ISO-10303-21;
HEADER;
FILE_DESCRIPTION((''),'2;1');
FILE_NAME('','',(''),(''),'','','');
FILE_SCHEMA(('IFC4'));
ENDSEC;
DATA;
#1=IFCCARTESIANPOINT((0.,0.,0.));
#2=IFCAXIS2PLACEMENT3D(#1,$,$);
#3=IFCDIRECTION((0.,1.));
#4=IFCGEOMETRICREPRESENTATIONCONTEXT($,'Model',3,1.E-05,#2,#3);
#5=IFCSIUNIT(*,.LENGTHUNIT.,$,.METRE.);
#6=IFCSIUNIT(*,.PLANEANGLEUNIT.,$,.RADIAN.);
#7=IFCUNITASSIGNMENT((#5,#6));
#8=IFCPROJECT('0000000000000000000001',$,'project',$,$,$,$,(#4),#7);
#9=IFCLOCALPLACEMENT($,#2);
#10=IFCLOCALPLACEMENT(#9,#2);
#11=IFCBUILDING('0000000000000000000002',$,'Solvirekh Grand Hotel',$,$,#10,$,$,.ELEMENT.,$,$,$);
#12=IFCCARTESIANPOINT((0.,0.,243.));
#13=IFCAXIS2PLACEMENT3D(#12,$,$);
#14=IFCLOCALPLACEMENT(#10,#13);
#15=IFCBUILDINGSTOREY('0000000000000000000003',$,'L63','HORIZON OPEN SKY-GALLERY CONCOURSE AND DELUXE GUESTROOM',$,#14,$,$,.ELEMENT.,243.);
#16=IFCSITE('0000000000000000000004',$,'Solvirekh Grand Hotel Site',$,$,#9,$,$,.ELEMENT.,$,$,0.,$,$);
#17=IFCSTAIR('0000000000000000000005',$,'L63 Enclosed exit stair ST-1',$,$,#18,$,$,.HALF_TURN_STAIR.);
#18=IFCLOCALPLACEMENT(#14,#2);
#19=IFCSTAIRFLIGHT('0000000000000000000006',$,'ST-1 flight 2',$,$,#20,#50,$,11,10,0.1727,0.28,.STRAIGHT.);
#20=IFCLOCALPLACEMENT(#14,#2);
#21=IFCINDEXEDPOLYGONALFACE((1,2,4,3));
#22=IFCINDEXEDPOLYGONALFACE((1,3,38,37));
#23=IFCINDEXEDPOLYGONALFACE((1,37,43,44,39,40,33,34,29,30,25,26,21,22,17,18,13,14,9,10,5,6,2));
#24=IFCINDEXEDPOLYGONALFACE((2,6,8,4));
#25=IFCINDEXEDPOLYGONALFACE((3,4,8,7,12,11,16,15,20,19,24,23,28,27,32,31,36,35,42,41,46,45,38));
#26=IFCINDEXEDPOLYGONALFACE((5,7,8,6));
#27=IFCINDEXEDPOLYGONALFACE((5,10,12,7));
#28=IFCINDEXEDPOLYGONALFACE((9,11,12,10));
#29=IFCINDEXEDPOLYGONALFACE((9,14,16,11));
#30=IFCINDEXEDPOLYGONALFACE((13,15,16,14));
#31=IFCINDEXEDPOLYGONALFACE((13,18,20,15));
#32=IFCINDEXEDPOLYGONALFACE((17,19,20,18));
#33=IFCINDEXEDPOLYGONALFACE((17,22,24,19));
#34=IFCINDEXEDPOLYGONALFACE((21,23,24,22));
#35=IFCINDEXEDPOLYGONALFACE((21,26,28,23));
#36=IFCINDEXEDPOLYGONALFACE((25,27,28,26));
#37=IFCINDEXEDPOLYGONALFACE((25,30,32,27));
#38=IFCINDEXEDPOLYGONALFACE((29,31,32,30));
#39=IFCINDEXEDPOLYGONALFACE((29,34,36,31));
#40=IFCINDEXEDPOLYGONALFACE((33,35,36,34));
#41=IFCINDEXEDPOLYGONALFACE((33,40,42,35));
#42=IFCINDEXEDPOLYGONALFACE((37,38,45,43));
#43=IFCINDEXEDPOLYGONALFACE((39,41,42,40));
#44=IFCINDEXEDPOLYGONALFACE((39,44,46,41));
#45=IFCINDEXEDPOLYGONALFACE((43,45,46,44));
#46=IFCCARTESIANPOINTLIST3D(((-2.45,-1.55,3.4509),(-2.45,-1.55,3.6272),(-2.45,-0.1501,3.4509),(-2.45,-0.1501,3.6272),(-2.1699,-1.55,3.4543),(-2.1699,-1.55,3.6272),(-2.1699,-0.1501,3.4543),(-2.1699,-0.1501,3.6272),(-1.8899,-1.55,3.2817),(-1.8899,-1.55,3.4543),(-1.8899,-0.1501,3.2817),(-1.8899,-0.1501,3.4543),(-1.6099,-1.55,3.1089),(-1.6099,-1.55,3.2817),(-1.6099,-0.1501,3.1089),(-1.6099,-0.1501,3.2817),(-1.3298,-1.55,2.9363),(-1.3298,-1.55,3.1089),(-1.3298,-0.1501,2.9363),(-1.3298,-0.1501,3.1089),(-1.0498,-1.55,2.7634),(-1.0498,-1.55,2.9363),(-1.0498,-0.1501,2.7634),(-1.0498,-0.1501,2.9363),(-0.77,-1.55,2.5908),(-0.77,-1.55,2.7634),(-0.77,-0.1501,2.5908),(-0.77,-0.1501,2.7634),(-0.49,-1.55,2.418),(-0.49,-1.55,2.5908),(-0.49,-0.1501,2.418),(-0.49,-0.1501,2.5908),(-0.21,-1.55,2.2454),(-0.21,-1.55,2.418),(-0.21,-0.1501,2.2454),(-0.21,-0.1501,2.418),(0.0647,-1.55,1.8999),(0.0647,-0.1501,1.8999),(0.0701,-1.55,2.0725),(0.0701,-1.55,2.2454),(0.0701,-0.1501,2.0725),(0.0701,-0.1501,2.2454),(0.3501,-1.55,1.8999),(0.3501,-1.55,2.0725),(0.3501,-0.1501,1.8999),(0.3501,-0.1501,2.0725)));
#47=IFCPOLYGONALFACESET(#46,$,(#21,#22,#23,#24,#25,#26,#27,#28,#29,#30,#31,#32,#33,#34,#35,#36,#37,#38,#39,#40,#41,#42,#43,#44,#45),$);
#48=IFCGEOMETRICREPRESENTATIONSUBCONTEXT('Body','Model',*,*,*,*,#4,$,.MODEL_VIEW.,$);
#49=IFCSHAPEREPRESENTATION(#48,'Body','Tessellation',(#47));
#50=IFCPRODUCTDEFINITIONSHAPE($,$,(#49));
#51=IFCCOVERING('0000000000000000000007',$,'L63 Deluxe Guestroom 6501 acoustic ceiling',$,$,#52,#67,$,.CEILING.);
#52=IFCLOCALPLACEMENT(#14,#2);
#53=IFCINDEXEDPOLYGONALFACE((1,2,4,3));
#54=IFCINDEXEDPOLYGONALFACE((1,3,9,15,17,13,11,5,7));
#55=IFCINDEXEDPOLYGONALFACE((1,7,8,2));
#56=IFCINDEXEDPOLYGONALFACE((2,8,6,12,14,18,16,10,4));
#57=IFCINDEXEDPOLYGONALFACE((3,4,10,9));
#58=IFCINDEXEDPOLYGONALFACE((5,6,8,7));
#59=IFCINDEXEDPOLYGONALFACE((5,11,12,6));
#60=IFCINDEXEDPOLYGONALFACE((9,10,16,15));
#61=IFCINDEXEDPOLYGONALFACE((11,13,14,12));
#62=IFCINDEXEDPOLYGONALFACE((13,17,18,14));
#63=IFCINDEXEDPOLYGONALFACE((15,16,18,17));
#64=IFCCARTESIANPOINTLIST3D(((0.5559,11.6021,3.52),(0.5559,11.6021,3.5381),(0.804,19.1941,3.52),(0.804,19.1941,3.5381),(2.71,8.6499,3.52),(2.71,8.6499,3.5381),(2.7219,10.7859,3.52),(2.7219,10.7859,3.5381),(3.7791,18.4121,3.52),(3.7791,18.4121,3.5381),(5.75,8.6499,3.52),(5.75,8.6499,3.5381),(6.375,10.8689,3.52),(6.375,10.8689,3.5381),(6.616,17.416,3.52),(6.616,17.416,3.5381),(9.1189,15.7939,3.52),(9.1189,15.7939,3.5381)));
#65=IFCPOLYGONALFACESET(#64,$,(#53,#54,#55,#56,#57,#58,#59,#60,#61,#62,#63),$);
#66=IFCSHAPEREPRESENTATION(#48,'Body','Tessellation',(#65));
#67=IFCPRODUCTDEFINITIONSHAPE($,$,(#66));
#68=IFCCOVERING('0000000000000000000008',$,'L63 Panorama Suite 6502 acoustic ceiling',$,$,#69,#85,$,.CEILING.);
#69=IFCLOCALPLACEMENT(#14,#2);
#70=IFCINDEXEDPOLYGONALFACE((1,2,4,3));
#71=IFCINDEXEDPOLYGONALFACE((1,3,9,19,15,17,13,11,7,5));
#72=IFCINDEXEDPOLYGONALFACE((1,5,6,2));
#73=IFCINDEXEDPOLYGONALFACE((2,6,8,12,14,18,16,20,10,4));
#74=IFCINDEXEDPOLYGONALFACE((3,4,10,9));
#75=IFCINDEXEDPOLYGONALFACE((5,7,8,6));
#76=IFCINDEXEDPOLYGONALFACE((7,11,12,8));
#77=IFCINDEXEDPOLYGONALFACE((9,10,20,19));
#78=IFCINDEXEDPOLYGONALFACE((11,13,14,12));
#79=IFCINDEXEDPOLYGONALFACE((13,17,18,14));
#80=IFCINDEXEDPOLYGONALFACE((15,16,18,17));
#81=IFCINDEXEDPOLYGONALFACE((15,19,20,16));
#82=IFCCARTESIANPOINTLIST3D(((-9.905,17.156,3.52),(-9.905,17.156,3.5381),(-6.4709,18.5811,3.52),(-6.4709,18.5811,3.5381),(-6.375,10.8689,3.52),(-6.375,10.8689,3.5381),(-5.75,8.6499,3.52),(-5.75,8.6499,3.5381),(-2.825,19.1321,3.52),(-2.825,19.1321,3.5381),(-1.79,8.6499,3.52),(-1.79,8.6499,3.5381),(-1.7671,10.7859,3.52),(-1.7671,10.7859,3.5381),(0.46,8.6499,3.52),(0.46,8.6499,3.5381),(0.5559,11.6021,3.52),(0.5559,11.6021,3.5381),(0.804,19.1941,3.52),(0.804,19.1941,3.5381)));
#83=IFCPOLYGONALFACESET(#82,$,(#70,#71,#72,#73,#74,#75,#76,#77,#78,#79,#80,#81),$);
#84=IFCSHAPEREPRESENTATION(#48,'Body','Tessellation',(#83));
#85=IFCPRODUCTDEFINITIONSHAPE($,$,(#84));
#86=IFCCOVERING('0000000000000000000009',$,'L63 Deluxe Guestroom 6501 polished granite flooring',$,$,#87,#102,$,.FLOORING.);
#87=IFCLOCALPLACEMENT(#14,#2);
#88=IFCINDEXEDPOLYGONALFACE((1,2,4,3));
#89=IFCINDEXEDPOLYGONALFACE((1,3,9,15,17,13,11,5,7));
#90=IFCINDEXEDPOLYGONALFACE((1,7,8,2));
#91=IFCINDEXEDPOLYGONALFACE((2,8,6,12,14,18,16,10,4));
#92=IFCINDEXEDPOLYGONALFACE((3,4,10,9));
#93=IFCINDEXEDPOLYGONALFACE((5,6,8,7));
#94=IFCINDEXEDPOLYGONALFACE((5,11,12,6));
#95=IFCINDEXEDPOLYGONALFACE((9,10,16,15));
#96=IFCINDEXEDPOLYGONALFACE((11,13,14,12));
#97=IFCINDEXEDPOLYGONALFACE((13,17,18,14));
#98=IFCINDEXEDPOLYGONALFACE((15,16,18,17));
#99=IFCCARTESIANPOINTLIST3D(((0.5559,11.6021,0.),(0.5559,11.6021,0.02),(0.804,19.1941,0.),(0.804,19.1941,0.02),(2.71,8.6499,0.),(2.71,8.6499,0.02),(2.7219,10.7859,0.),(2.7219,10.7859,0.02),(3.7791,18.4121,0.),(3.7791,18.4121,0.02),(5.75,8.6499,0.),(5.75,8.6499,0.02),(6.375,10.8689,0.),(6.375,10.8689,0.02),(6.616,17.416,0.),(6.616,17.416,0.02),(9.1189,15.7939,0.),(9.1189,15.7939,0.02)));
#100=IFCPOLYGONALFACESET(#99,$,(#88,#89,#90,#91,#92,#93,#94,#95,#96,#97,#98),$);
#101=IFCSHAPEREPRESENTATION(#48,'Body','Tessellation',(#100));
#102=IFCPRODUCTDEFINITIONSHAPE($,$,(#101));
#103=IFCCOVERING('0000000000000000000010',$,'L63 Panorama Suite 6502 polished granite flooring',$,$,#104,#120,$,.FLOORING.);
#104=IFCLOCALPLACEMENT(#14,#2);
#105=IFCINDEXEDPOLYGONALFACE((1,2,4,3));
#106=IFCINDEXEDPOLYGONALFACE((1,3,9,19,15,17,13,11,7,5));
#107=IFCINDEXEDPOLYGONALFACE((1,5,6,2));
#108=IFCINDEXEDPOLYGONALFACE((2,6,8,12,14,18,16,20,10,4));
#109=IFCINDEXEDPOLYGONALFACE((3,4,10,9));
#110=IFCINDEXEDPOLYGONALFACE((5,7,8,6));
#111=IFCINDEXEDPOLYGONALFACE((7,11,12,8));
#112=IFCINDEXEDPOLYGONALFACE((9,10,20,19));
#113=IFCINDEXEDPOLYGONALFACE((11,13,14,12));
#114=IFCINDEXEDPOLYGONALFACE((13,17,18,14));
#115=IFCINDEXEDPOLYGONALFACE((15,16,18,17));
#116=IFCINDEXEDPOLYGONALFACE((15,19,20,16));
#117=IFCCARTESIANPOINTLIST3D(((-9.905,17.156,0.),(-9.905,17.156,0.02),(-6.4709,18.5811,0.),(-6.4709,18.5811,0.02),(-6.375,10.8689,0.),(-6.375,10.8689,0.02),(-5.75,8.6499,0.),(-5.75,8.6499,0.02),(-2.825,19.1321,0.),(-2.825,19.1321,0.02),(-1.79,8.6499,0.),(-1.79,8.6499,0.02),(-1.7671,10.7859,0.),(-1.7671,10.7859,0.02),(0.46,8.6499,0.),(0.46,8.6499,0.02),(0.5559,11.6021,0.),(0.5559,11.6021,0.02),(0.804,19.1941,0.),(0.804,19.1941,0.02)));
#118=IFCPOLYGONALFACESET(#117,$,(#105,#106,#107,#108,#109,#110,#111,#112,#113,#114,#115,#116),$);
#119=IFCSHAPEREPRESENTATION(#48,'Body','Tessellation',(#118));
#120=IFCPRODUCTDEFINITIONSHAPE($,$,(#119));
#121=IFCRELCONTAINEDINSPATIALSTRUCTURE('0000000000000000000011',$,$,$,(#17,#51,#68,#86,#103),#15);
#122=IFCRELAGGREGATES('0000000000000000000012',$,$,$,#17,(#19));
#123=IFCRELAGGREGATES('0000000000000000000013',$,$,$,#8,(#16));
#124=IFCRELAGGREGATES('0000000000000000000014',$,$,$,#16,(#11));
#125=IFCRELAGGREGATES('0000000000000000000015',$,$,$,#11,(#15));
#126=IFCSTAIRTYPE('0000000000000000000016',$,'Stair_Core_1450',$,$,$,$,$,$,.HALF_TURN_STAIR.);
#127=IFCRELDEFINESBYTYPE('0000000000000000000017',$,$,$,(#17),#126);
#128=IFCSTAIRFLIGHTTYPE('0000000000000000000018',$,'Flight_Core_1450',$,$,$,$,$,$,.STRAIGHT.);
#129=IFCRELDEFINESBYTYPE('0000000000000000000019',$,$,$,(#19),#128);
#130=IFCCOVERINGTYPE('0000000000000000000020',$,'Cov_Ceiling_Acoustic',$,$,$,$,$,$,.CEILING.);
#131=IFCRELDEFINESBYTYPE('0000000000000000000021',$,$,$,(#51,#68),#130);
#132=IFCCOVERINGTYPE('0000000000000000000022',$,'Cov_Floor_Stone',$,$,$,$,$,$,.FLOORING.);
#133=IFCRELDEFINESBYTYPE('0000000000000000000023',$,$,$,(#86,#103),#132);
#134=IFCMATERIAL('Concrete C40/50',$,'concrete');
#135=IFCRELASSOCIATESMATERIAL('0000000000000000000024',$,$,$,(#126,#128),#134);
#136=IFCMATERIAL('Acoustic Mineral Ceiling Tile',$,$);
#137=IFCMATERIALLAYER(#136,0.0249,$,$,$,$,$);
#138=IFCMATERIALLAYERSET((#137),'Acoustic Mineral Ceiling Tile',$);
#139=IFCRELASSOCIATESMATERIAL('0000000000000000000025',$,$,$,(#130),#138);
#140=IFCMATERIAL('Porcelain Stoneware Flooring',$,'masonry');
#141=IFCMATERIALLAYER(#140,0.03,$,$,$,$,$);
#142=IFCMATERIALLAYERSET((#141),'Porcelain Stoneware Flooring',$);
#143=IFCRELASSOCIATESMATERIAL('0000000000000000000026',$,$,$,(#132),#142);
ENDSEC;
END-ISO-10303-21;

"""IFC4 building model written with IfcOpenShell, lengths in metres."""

from ifc_helpers import new_model, si_unit, direction, frame, origin, place, context, subcontext, project, spatial, polyline, outline, extrude, material, layer, layer_set, type_object, element, aggregate, save


model = new_model("IFC4")

# Units and contexts
model_context = context("Model", 3, precision=1e-05, world=origin(), true_north=direction((0.0, 1.0)))
body_context = subcontext(model_context, "Body", "Model", "MODEL_VIEW")
ifc_project = project(units=[si_unit("LENGTHUNIT", "METRE"), si_unit("PLANEANGLEUNIT", "RADIAN")], contexts=[model_context])

# Site, building, storey
site_placement = place(None, origin())
site = spatial("IfcSite", under=ifc_project, at=site_placement, Name="Solvirekh Grand Hotel Site", CompositionType="ELEMENT", RefElevation=0.0)
building_placement = place(site_placement, origin())
building = spatial("IfcBuilding", under=site, at=building_placement, Name="Solvirekh Grand Hotel", CompositionType="ELEMENT")
storey_placement = place(building_placement, frame((0.0, 0.0, 243.0)))
storey = spatial("IfcBuildingStorey", under=building, at=storey_placement, Name="L63", Description="HORIZON OPEN SKY-GALLERY CONCOURSE AND DELUXE GUESTROOM", CompositionType="ELEMENT", Elevation=243.0)

# Stair
ifc_material_1 = material(Name="Concrete C40/50", Category="concrete")
stair_type = type_object("IfcStairType", Name="Stair_Core_1450", PredefinedType="HALF_TURN_STAIR", material=ifc_material_1)
stair_1_placement = place(storey_placement, origin())
stair_1 = element("IfcStair", 1, at=stair_1_placement, inside=storey, type_object=stair_type, Name="L63 Enclosed exit stair ST-1", PredefinedType="HALF_TURN_STAIR")

# Stair flight
stair_flight_type = type_object("IfcStairFlightType", Name="Flight_Core_1450", PredefinedType="STRAIGHT", material=ifc_material_1)
stair_flight_placement = place(storey_placement, frame((0.3501, -0.8501, 1.8999), z_axis=(0.0, 0.0, 1.0), x_axis=(-1.0, 0.0, 0.0)))
stair_flight = element("IfcStairFlight", 2, at=stair_flight_placement, type_object=stair_flight_type, Name="ST-1 flight 2", NumberOfRisers=11, NumberOfTreads=10, PredefinedType="STRAIGHT", RiserHeight=0.1727, TreadLength=0.28, context=body_context, shape_type="SweptSolid", body=[
    extrude(outline(polyline([(0.0, 0.0), (0.0, 0.1726), (0.28, 0.1726), (0.28, 0.3455), (0.5601, 0.3455), (0.5601, 0.5181), (0.8401, 0.5181), (0.8401, 0.6909), (1.1201, 0.6909), (1.1201, 0.8635), (1.3999, 0.8635), (1.3999, 1.0364), (1.6799, 1.0364), (1.6799, 1.209), (1.96, 1.209), (1.96, 1.3818), (2.24, 1.3818), (2.24, 1.5544), (2.52, 1.5544), (2.52, 1.7273), (2.8, 1.7273), (2.8, 1.8999), (2.8, 1.551), (0.2854, 0.0), (0.0, 0.0)])), frame((0.0, 0.7, 0.0), z_axis=(0.0, -1.0, 0.0), x_axis=(1.0, 0.0, 0.0)), (0.0, 0.0, 1.0), 1.3999),
])
aggregate(stair_1, [stair_flight])

# Coverings
ifc_material_2 = material(Name="Acoustic Mineral Ceiling Tile")
ifc_layer_1 = layer(ifc_material_2, 0.0249)
ifc_layer_set_1 = layer_set([ifc_layer_1], Name="Acoustic Mineral Ceiling Tile")
covering_type_1 = type_object("IfcCoveringType", Name="Cov_Ceiling_Acoustic", PredefinedType="CEILING", material=ifc_layer_set_1)
covering_1_placement = place(storey_placement, frame((0.0, 0.0, 3.52)))
element("IfcCovering", 3, at=covering_1_placement, inside=storey, type_object=covering_type_1, Name="L63 Deluxe Guestroom 6501 acoustic ceiling", PredefinedType="CEILING", context=body_context, shape_type="SweptSolid", body=[
    extrude(outline(polyline([(0.5559, 11.6021), (2.7219, 10.7859), (2.71, 8.6499), (5.75, 8.6499), (6.375, 10.8689), (9.1189, 15.7939), (6.616, 17.416), (3.7791, 18.4121), (0.804, 19.1941), (0.5559, 11.6021)])), origin(), (0.0, 0.0, 1.0), 0.0181),
])
covering_2_placement = place(storey_placement, frame((0.0, 0.0, 3.52)))
element("IfcCovering", 4, at=covering_2_placement, inside=storey, type_object=covering_type_1, Name="L63 Panorama Suite 6502 acoustic ceiling", PredefinedType="CEILING", context=body_context, shape_type="SweptSolid", body=[
    extrude(outline(polyline([(-1.79, 8.6499), (-1.7671, 10.7859), (0.5559, 11.6021), (0.46, 8.6499), (0.804, 19.1941), (-2.825, 19.1321), (-6.4709, 18.5811), (-9.905, 17.156), (-6.375, 10.8689), (-5.75, 8.6499), (-1.79, 8.6499)])), origin(), (0.0, 0.0, 1.0), 0.0181),
])
ifc_material_3 = material(Name="Porcelain Stoneware Flooring", Category="masonry")
ifc_layer_2 = layer(ifc_material_3, 0.03)
ifc_layer_set_2 = layer_set([ifc_layer_2], Name="Porcelain Stoneware Flooring")
covering_type_2 = type_object("IfcCoveringType", Name="Cov_Floor_Stone", PredefinedType="FLOORING", material=ifc_layer_set_2)
covering_3_placement = place(storey_placement, origin())
element("IfcCovering", 5, at=covering_3_placement, inside=storey, type_object=covering_type_2, Name="L63 Deluxe Guestroom 6501 polished granite flooring", PredefinedType="FLOORING", context=body_context, shape_type="SweptSolid", body=[
    extrude(outline(polyline([(0.5559, 11.6021), (2.7219, 10.7859), (2.71, 8.6499), (5.75, 8.6499), (6.375, 10.8689), (9.1189, 15.7939), (6.616, 17.416), (3.7791, 18.4121), (0.804, 19.1941), (0.5559, 11.6021)])), origin(), (0.0, 0.0, 1.0), 0.02),
])
covering_4_placement = place(storey_placement, origin())
element("IfcCovering", 6, at=covering_4_placement, inside=storey, type_object=covering_type_2, Name="L63 Panorama Suite 6502 polished granite flooring", PredefinedType="FLOORING", context=body_context, shape_type="SweptSolid", body=[
    extrude(outline(polyline([(-1.79, 8.6499), (-1.7671, 10.7859), (0.5559, 11.6021), (0.46, 8.6499), (0.804, 19.1941), (-2.825, 19.1321), (-6.4709, 18.5811), (-9.905, 17.156), (-6.375, 10.8689), (-5.75, 8.6499), (-1.79, 8.6499)])), origin(), (0.0, 0.0, 1.0), 0.02),
])

save(model, "model.ifc")
